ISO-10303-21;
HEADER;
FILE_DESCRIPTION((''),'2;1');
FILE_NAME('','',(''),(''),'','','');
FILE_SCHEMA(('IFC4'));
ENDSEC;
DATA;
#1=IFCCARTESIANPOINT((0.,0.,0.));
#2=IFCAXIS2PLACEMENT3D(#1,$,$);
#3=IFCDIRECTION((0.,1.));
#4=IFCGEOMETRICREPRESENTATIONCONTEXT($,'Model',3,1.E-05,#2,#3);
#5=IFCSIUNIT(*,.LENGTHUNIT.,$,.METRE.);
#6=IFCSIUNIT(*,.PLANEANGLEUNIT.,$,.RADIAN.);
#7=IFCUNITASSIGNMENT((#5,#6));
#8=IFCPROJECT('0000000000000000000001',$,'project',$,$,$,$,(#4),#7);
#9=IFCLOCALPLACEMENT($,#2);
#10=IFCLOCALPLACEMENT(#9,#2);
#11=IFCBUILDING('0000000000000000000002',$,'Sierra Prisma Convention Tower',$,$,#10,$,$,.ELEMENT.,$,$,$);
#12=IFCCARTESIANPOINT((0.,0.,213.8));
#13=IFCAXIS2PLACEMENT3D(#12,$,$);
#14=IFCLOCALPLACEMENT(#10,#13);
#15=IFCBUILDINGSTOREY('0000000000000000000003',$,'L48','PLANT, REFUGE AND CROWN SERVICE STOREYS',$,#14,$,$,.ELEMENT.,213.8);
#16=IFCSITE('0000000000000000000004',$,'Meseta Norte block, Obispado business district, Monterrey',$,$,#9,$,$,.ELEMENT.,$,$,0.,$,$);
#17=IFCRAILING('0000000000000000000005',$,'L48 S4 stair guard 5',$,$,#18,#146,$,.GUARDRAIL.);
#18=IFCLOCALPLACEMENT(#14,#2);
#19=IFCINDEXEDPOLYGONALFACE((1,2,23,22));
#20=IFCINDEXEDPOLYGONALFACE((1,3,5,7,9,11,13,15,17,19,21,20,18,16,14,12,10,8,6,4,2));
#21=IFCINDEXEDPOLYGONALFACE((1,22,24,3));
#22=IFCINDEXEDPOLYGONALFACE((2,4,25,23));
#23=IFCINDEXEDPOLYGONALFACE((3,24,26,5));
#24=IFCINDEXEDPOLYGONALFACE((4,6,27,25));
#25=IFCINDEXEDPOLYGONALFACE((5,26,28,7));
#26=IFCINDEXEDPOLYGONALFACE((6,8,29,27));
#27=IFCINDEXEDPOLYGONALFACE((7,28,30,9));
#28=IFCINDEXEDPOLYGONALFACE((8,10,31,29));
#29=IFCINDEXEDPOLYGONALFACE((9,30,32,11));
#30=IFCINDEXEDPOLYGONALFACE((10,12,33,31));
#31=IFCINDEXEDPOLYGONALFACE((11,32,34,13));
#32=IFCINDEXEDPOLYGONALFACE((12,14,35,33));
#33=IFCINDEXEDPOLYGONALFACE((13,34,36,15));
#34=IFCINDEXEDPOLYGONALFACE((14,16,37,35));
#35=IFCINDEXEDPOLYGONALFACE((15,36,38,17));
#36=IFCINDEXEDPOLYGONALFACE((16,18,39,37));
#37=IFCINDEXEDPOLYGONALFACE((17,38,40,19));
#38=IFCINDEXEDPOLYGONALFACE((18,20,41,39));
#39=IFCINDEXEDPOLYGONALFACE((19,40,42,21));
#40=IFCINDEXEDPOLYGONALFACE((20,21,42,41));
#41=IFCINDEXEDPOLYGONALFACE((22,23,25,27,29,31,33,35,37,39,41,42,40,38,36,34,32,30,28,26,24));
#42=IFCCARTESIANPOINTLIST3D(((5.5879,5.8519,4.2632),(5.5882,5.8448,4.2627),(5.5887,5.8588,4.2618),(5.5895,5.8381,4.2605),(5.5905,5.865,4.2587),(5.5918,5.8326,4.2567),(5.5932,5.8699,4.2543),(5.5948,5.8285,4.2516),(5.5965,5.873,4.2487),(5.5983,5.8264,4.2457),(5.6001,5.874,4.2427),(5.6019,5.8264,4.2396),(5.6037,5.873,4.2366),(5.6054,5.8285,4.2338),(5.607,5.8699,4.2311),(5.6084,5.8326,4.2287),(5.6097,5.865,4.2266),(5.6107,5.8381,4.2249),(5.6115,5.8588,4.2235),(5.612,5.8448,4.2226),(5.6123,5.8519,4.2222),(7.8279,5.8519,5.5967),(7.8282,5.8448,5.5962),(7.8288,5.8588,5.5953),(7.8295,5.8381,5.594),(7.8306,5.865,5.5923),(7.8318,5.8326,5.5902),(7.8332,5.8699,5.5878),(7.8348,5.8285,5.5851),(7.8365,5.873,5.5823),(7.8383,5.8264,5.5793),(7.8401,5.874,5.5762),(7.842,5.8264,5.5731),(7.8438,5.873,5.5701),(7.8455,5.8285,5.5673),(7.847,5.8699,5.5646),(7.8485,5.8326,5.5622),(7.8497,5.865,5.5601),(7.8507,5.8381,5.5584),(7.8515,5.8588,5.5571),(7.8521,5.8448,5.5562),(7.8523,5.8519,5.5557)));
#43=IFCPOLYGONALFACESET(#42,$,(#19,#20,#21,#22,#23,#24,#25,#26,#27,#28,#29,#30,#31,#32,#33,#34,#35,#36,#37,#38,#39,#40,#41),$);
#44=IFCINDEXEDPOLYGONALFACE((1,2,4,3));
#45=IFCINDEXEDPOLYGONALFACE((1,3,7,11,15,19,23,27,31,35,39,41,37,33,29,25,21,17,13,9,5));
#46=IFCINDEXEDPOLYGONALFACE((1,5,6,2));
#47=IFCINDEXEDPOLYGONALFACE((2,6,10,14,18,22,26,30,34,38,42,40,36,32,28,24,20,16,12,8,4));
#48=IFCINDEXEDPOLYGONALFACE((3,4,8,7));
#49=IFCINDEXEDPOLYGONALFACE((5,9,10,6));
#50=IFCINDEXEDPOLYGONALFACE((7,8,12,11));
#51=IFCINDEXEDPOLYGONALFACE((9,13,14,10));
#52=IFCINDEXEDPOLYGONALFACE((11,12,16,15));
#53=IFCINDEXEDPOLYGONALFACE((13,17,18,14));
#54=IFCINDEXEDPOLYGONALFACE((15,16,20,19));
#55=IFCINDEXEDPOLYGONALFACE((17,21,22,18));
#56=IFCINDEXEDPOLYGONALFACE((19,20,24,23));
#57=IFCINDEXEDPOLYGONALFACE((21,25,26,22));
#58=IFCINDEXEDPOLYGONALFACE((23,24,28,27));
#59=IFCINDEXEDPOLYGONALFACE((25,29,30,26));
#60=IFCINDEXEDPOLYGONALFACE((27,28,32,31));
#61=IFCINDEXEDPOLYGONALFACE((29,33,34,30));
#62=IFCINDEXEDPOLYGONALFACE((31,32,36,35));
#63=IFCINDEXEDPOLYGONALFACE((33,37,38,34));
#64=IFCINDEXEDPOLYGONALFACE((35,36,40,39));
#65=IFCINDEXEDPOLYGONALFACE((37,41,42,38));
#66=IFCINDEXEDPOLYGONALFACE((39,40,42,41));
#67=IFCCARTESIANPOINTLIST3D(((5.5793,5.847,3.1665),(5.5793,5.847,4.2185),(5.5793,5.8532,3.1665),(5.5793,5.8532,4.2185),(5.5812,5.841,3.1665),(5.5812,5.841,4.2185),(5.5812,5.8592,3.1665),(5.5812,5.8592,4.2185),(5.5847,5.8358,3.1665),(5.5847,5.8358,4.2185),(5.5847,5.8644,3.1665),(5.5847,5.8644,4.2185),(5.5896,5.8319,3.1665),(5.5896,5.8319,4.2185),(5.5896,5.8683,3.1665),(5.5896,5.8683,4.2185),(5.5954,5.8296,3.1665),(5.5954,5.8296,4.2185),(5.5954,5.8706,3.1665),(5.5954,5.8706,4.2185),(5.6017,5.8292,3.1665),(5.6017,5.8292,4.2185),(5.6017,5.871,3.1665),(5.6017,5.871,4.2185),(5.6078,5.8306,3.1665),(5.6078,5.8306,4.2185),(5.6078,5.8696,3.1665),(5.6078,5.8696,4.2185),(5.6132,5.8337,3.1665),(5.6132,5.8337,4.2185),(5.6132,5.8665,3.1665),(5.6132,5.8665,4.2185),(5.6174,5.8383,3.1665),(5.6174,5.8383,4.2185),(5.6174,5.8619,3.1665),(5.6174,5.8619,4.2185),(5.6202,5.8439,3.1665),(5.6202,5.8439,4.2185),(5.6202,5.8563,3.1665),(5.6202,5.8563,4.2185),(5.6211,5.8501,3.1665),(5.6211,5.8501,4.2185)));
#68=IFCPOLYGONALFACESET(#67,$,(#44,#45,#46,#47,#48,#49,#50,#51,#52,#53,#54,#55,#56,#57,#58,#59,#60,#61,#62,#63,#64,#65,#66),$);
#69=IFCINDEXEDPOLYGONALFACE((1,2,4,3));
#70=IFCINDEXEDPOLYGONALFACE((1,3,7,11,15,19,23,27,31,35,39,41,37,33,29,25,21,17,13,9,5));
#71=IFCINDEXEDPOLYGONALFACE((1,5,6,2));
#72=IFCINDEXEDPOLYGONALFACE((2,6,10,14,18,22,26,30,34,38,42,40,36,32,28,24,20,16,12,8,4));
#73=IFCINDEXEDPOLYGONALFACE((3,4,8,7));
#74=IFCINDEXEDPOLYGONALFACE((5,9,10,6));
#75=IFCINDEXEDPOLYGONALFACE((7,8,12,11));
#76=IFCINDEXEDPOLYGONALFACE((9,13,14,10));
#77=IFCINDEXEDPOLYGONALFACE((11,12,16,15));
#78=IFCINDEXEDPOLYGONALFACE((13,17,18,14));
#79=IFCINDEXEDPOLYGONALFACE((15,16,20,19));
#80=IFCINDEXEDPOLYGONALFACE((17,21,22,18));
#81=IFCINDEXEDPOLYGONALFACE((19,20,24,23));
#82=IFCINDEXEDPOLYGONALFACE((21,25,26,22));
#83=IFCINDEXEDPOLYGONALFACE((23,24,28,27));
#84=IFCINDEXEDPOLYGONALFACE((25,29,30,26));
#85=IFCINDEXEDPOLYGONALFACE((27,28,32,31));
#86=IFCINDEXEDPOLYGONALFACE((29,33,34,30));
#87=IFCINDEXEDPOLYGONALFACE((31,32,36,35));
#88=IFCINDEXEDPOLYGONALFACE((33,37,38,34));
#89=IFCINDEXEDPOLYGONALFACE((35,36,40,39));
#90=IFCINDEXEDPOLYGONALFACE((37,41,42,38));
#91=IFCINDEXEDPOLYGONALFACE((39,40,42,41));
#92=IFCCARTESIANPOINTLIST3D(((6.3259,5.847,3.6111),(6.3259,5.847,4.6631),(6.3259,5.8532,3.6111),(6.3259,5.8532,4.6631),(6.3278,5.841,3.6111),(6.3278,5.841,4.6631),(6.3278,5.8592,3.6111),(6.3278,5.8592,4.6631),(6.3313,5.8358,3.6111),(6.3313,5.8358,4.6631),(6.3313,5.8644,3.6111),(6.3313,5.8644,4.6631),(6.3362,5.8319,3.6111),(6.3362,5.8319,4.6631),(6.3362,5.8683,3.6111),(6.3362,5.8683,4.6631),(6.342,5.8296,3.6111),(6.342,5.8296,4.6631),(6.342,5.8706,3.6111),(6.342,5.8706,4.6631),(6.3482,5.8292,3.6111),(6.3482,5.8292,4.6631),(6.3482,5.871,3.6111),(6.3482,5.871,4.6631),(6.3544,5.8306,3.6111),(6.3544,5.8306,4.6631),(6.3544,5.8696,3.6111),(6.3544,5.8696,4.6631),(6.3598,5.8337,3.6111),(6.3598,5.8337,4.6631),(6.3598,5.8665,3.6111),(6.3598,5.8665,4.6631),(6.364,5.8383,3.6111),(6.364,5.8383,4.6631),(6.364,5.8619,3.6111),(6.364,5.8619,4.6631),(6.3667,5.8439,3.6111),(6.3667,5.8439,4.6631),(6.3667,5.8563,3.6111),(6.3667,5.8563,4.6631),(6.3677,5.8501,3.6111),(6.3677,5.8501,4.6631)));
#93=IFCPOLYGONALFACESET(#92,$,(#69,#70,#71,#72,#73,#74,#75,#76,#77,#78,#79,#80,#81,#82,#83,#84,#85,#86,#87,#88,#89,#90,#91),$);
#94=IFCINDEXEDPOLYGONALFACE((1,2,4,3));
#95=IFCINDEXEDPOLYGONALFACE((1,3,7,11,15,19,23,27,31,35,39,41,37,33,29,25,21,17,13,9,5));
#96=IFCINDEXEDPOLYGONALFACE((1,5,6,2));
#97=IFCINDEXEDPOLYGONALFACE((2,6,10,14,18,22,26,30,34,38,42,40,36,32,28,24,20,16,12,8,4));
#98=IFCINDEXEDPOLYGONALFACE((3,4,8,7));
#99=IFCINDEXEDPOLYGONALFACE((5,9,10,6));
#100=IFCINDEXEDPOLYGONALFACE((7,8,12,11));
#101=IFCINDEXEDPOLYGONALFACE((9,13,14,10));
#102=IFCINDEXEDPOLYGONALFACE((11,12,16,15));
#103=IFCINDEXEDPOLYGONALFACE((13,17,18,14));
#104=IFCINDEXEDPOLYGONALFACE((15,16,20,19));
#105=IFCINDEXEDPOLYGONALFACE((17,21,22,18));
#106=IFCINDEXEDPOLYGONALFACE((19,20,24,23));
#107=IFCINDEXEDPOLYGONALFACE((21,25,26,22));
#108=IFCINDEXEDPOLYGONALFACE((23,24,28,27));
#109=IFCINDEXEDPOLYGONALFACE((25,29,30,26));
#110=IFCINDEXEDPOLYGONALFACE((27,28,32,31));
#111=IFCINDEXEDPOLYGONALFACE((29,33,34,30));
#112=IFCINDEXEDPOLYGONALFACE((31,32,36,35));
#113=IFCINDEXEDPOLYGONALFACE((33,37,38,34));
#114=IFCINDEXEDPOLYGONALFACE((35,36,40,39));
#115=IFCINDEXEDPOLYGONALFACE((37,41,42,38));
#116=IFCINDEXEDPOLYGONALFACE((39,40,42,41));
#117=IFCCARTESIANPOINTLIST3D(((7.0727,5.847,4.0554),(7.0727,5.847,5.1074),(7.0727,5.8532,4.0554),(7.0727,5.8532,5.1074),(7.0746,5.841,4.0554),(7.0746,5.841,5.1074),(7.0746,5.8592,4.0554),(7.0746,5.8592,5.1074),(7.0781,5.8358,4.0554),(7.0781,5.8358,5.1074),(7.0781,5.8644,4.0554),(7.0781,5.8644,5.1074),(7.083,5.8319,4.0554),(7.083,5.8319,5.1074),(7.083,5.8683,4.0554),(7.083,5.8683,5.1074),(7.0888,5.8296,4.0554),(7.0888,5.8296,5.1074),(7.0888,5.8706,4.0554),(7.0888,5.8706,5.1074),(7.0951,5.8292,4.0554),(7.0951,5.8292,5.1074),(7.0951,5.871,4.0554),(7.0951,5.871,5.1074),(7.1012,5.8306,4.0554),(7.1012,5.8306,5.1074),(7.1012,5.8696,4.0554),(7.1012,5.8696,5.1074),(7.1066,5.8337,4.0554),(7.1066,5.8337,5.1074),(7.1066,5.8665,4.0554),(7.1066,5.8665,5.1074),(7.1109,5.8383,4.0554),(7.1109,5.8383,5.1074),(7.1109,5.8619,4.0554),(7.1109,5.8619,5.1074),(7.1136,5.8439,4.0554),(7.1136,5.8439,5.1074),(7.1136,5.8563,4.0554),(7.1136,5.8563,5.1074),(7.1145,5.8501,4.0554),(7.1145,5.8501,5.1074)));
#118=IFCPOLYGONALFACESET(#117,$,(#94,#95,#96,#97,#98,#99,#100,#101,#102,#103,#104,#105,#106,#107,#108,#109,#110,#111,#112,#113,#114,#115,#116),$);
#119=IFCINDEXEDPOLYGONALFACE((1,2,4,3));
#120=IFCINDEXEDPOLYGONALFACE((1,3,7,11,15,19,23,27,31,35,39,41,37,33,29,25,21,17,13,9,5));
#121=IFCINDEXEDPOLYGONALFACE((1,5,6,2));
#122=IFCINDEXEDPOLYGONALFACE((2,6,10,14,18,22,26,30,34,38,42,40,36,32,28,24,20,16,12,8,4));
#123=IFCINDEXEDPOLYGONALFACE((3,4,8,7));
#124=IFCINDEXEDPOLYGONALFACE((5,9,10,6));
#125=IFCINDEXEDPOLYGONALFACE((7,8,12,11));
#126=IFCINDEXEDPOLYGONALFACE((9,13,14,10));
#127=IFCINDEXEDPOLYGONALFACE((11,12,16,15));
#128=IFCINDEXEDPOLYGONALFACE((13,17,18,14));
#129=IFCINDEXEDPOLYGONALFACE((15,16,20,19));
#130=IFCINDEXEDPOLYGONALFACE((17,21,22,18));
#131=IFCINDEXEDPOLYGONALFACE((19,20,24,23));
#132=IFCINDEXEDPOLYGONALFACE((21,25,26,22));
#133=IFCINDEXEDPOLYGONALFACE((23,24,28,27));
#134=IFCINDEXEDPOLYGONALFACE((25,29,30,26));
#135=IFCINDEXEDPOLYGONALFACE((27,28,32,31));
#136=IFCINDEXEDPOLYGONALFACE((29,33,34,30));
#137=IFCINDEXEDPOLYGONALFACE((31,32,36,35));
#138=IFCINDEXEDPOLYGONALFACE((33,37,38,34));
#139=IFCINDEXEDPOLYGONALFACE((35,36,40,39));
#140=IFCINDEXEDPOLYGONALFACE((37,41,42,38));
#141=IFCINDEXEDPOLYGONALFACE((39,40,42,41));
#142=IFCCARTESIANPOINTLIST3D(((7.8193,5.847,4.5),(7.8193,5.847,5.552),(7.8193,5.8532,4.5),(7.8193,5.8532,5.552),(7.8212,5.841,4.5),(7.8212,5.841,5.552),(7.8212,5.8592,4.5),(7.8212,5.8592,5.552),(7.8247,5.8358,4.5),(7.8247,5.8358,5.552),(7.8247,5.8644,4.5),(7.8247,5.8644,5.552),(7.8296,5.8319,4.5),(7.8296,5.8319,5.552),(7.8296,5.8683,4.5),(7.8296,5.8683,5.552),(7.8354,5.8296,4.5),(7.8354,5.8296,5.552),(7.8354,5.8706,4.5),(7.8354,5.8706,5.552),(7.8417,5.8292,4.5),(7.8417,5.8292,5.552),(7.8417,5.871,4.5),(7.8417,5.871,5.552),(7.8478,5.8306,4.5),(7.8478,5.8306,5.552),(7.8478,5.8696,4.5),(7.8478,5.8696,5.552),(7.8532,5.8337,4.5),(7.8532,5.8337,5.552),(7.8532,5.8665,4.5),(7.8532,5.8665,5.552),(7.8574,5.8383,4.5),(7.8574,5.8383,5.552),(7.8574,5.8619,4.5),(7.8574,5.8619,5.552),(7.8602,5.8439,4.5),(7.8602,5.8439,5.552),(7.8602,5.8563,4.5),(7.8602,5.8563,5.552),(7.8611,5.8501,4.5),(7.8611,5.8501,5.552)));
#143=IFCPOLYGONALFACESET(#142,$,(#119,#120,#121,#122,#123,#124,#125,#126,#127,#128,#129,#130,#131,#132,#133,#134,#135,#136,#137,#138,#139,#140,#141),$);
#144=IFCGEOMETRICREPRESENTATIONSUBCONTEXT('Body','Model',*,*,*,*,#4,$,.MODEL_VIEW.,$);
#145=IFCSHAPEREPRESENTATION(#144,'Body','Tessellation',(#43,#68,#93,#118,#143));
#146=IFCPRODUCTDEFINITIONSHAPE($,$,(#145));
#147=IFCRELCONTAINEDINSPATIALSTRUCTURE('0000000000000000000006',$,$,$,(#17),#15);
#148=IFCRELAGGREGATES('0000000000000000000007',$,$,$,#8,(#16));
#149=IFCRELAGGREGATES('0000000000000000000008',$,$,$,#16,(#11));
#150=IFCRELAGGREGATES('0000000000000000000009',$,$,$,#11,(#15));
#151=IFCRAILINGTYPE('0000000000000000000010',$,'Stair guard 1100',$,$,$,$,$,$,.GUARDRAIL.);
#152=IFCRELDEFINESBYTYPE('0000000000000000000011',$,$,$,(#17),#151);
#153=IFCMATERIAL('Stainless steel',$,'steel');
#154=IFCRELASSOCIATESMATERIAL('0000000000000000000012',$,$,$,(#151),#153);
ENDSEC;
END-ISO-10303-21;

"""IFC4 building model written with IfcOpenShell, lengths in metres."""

from ifc_helpers import new_model, si_unit, direction, frame, origin, origin_2d, place, context, subcontext, project, spatial, circle, extrude, material, type_object, element, save


model = new_model("IFC4")

# Units and contexts
model_context = context("Model", 3, precision=1e-05, world=origin(), true_north=direction((0.0, 1.0)))
body_context = subcontext(model_context, "Body", "Model", "MODEL_VIEW")
ifc_project = project(units=[si_unit("LENGTHUNIT", "METRE"), si_unit("PLANEANGLEUNIT", "RADIAN")], contexts=[model_context])

# Site, building, storey
site_placement = place(None, origin())
site = spatial("IfcSite", under=ifc_project, at=site_placement, Name="Meseta Norte block, Obispado business district, Monterrey", CompositionType="ELEMENT", RefElevation=0.0)
building_placement = place(site_placement, origin())
building = spatial("IfcBuilding", under=site, at=building_placement, Name="Sierra Prisma Convention Tower", CompositionType="ELEMENT")
storey_placement = place(building_placement, frame((0.0, 0.0, 213.8)))
storey = spatial("IfcBuildingStorey", under=building, at=storey_placement, Name="L48", Description="PLANT, REFUGE AND CROWN SERVICE STOREYS", CompositionType="ELEMENT", Elevation=213.8)

# Railing
ifc_material_1 = material(Name="Stainless steel", Category="steel")
railing_type_1 = type_object("IfcRailingType", Name="Stair guard 1100", PredefinedType="GUARDRAIL", material=ifc_material_1)
railing_1_placement = place(storey_placement, frame((5.6001, 5.8501, 3.1665)))
element("IfcRailing", 1, at=railing_1_placement, inside=storey, type_object=railing_type_1, Name="L48 S4 stair guard 5", PredefinedType="GUARDRAIL", context=body_context, shape_type="SweptSolid", body=[
    extrude(circle(Radius=0.0239, at=origin_2d()), frame((0.0, 0.0, 1.0762), z_axis=(0.859264, 0.0, 0.511532), x_axis=(0.0, 1.0, 0.0)), (0.0, 0.0, 1.0), 2.6069),
    extrude(circle(Radius=0.021, at=origin_2d()), origin(), (0.0, 0.0, 1.0), 1.052),
    extrude(circle(Radius=0.021, at=origin_2d()), frame((0.7466, 0.0, 0.4446)), (0.0, 0.0, 1.0), 1.052),
    extrude(circle(Radius=0.021, at=origin_2d()), frame((1.4934, 0.0, 0.8889)), (0.0, 0.0, 1.0), 1.052),
    extrude(circle(Radius=0.021, at=origin_2d()), frame((2.24, 0.0, 1.3335)), (0.0, 0.0, 1.0), 1.052),
])

save(model, "model.ifc")
